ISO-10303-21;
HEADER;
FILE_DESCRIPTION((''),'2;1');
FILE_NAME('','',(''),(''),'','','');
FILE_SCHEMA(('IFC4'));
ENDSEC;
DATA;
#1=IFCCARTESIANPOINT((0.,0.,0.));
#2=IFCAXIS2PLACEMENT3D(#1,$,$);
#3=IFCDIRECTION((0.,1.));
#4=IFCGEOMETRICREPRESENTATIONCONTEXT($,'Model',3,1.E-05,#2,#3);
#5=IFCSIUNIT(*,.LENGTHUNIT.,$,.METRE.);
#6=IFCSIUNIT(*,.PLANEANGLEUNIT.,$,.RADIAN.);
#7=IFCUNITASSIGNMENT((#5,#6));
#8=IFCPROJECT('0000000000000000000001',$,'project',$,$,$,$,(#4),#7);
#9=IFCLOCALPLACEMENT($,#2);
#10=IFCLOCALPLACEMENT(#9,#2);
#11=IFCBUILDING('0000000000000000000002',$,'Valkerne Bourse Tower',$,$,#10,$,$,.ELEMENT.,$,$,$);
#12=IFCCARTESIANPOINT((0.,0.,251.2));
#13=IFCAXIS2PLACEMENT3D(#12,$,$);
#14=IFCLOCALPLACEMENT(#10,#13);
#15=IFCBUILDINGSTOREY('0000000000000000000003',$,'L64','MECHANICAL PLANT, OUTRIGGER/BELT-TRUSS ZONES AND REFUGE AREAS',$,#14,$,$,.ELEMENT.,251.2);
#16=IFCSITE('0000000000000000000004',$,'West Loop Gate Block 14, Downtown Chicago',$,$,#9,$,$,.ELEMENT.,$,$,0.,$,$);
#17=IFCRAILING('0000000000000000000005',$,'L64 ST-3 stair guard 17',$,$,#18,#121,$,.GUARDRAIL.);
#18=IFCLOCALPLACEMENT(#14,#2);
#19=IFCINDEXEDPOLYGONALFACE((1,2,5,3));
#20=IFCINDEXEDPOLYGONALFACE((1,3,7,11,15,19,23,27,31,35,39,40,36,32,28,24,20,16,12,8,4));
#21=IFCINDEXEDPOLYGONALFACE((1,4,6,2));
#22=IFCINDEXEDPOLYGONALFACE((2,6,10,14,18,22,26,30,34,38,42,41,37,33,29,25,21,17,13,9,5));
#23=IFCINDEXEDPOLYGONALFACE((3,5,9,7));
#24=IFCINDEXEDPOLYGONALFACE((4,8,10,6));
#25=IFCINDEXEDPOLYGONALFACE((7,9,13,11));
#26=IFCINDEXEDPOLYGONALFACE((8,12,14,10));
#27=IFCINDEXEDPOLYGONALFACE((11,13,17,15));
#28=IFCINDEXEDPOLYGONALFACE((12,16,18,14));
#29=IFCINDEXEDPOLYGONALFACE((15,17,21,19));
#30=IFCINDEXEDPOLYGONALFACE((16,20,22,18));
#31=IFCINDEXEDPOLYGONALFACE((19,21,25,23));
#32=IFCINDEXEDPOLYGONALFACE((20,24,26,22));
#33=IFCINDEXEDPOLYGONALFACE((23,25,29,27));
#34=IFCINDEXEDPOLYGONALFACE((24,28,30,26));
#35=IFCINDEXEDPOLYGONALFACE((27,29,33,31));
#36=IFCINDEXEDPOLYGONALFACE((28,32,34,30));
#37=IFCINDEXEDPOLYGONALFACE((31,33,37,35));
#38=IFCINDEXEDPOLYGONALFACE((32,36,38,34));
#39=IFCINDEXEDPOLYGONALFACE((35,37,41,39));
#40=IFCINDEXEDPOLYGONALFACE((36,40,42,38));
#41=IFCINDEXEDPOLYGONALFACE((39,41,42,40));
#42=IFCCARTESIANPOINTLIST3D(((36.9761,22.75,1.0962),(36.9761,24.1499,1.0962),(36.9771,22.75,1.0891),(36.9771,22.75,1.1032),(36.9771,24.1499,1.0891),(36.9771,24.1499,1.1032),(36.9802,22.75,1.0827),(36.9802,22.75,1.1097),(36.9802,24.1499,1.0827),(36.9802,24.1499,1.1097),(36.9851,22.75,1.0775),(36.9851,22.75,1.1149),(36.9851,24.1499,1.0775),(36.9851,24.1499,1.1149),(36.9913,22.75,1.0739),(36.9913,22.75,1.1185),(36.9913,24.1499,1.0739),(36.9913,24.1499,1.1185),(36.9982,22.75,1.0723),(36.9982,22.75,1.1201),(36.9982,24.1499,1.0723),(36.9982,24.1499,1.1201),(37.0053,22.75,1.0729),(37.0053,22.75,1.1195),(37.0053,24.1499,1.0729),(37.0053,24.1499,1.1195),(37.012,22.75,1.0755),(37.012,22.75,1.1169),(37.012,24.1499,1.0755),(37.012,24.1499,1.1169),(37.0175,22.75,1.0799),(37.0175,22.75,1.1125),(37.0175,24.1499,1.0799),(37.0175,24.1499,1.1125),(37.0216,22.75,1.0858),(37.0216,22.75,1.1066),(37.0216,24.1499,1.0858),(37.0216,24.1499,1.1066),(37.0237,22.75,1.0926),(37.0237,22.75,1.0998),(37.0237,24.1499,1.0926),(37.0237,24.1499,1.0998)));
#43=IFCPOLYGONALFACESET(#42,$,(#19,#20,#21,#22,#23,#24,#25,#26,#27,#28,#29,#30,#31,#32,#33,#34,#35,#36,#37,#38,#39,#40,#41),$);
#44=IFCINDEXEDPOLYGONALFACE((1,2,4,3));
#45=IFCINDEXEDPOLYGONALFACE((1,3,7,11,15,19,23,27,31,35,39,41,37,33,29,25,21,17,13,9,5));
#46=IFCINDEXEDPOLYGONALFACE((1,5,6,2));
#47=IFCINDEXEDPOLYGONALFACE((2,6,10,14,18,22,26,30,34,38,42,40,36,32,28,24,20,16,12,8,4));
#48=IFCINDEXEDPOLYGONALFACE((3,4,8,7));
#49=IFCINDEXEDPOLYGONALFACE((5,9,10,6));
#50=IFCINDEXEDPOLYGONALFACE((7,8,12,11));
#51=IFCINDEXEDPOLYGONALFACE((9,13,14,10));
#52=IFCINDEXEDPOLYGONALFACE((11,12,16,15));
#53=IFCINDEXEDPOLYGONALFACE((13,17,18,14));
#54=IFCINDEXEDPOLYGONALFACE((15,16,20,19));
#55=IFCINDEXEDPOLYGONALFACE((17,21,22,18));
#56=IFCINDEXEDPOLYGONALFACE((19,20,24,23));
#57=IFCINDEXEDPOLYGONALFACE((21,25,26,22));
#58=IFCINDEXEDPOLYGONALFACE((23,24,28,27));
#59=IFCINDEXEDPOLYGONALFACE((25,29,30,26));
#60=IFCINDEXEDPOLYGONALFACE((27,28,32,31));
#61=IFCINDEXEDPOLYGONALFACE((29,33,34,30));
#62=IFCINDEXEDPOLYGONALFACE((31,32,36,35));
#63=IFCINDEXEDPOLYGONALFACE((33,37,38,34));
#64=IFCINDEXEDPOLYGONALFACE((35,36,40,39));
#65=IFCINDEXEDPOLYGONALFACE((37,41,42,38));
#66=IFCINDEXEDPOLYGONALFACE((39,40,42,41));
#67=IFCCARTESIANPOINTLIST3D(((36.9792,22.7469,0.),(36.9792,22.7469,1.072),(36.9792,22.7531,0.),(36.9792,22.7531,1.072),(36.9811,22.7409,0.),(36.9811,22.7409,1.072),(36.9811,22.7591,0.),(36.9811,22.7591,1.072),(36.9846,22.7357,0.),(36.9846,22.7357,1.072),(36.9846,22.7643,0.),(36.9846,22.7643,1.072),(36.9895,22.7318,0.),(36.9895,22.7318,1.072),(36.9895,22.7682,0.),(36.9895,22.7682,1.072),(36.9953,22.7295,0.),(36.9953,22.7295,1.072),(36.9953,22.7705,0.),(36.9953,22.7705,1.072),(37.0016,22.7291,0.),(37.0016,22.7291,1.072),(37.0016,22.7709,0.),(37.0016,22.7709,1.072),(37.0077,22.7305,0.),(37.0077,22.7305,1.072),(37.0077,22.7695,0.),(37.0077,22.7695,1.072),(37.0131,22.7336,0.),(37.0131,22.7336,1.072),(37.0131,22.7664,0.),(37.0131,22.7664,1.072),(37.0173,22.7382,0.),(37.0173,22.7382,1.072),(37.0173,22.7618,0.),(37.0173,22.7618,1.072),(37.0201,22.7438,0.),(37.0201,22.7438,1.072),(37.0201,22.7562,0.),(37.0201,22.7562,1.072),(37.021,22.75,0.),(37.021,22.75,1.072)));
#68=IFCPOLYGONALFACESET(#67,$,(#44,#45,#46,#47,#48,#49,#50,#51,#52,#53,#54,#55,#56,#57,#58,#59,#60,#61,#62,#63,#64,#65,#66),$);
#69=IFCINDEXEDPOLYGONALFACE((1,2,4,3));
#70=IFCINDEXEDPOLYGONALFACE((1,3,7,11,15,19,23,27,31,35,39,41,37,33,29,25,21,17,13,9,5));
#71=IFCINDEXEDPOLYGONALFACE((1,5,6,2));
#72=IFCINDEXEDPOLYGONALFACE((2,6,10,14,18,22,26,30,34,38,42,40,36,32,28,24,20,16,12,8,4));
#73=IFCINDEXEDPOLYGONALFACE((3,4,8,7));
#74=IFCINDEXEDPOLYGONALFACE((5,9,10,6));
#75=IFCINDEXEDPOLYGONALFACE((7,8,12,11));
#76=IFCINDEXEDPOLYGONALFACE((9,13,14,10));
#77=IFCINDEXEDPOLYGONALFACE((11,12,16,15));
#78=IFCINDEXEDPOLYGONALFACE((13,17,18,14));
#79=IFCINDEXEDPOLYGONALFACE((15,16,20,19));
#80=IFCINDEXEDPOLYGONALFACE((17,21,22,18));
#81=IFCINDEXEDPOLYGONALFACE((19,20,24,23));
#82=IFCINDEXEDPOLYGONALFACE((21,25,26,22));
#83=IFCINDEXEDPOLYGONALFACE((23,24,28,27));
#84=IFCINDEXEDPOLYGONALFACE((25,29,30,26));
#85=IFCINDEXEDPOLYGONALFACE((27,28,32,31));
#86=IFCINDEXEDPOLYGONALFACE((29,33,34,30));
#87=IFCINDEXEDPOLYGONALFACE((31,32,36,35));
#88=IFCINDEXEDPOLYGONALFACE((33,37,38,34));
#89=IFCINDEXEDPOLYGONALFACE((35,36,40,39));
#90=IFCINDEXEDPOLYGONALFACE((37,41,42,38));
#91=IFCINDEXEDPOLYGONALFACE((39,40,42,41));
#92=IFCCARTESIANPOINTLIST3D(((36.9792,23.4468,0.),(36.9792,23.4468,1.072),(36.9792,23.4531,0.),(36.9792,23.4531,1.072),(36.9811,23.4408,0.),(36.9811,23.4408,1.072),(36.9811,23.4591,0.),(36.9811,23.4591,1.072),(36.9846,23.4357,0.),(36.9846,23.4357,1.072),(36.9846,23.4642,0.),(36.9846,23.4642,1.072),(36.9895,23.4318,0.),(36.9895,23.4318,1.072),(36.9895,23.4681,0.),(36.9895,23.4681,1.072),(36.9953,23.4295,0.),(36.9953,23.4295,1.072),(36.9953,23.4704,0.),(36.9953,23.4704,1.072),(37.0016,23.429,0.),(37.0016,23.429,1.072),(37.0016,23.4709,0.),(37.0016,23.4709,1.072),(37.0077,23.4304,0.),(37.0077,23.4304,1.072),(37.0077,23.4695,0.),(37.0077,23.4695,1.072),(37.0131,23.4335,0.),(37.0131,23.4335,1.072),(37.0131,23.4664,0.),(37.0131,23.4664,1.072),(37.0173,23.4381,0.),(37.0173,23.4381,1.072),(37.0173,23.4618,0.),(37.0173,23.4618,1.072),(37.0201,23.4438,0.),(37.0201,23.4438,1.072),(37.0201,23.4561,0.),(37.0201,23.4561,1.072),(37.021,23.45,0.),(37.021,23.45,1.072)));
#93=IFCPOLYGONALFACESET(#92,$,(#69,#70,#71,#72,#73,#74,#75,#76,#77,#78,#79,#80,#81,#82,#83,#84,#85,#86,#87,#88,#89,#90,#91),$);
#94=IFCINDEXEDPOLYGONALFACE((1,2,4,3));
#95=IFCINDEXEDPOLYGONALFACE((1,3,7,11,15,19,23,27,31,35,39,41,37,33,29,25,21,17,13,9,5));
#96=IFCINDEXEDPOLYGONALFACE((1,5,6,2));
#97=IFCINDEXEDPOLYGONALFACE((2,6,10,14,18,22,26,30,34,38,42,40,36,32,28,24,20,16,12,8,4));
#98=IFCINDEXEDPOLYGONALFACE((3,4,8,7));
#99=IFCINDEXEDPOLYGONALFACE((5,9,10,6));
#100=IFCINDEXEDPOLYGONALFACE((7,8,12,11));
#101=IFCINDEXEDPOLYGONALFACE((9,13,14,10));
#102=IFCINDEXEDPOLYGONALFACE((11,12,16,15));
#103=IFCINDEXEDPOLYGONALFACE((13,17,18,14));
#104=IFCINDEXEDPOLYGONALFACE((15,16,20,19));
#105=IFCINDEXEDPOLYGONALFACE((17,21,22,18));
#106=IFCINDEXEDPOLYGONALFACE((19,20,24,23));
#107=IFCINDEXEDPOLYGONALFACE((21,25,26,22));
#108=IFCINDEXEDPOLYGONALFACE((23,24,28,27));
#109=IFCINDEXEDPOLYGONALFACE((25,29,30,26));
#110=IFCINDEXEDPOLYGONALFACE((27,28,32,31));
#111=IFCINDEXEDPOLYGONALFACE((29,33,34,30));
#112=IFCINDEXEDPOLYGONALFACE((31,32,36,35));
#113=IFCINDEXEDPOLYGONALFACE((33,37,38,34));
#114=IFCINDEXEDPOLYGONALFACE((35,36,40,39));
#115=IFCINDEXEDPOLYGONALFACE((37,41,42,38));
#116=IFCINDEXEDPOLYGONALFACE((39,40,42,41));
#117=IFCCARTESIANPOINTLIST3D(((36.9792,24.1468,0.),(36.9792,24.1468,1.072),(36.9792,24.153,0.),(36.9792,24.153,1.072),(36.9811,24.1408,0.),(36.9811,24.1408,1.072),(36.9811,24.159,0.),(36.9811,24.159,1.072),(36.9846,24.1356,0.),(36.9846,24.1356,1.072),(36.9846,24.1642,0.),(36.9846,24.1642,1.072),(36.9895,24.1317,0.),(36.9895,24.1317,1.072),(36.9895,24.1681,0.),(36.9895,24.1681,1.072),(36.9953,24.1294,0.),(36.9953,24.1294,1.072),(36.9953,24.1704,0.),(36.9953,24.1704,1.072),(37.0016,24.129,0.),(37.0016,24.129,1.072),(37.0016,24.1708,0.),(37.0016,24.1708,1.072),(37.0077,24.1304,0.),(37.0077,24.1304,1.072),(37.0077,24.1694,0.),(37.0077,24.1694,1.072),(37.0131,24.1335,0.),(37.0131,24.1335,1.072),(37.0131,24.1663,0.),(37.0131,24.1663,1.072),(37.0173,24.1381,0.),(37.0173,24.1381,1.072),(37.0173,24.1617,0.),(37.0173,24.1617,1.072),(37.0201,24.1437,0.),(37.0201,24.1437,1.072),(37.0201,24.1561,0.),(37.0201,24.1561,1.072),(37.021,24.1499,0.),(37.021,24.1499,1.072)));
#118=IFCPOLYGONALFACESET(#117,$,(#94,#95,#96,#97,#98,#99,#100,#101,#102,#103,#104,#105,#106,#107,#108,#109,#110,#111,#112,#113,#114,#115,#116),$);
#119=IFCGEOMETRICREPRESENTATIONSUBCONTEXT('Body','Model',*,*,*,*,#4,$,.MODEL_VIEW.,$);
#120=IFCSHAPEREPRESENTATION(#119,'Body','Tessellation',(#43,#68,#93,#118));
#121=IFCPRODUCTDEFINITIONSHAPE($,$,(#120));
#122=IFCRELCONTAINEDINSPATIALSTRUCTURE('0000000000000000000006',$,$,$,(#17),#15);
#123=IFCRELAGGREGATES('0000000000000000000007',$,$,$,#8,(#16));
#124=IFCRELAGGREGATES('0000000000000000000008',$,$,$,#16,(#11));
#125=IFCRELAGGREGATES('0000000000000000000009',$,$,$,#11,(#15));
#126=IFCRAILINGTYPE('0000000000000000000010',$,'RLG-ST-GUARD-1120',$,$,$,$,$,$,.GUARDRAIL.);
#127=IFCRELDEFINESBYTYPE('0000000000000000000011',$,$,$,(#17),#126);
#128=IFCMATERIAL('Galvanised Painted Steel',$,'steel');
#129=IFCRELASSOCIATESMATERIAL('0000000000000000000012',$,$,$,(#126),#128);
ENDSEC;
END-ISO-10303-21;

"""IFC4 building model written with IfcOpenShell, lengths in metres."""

from ifc_helpers import new_model, si_unit, direction, frame, origin, origin_2d, place, context, subcontext, project, spatial, circle, extrude, material, type_object, element, save


model = new_model("IFC4")

# Units and contexts
model_context = context("Model", 3, precision=1e-05, world=origin(), true_north=direction((0.0, 1.0)))
body_context = subcontext(model_context, "Body", "Model", "MODEL_VIEW")
ifc_project = project(units=[si_unit("LENGTHUNIT", "METRE"), si_unit("PLANEANGLEUNIT", "RADIAN")], contexts=[model_context])

# Site, building, storey
site_placement = place(None, origin())
site = spatial("IfcSite", under=ifc_project, at=site_placement, Name="West Loop Gate Block 14, Downtown Chicago", CompositionType="ELEMENT", RefElevation=0.0)
building_placement = place(site_placement, origin())
building = spatial("IfcBuilding", under=site, at=building_placement, Name="Valkerne Bourse Tower", CompositionType="ELEMENT")
storey_placement = place(building_placement, frame((0.0, 0.0, 251.2)))
storey = spatial("IfcBuildingStorey", under=building, at=storey_placement, Name="L64", Description="MECHANICAL PLANT, OUTRIGGER/BELT-TRUSS ZONES AND REFUGE AREAS", CompositionType="ELEMENT", Elevation=251.2)

# Shared definitions
ifc_material_1 = material(Name="Galvanised Painted Steel", Category="steel")

# Railing
railing_type_1 = type_object("IfcRailingType", Name="RLG-ST-GUARD-1120", PredefinedType="GUARDRAIL", material=ifc_material_1)
railing_1_placement = place(storey_placement, frame((37.0, 22.75, 0.0)))
element("IfcRailing", 1, at=railing_1_placement, inside=storey, type_object=railing_type_1, Name="L64 ST-3 stair guard 17", PredefinedType="GUARDRAIL", context=body_context, shape_type="SweptSolid", body=[
    extrude(circle(Radius=0.0239, at=origin_2d()), frame((0.0, 0.0, 1.0962), z_axis=(0.0, 1.0, 0.0), x_axis=(-1.0, 0.0, 0.0)), (0.0, 0.0, 1.0), 1.3999),
    extrude(circle(Radius=0.021, at=origin_2d()), origin(), (0.0, 0.0, 1.0), 1.072),
    extrude(circle(Radius=0.021, at=origin_2d()), frame((0.0, 0.7, 0.0)), (0.0, 0.0, 1.0), 1.072),
    extrude(circle(Radius=0.021, at=origin_2d()), frame((0.0, 1.3999, 0.0)), (0.0, 0.0, 1.0), 1.072),
])

save(model, "model.ifc")
